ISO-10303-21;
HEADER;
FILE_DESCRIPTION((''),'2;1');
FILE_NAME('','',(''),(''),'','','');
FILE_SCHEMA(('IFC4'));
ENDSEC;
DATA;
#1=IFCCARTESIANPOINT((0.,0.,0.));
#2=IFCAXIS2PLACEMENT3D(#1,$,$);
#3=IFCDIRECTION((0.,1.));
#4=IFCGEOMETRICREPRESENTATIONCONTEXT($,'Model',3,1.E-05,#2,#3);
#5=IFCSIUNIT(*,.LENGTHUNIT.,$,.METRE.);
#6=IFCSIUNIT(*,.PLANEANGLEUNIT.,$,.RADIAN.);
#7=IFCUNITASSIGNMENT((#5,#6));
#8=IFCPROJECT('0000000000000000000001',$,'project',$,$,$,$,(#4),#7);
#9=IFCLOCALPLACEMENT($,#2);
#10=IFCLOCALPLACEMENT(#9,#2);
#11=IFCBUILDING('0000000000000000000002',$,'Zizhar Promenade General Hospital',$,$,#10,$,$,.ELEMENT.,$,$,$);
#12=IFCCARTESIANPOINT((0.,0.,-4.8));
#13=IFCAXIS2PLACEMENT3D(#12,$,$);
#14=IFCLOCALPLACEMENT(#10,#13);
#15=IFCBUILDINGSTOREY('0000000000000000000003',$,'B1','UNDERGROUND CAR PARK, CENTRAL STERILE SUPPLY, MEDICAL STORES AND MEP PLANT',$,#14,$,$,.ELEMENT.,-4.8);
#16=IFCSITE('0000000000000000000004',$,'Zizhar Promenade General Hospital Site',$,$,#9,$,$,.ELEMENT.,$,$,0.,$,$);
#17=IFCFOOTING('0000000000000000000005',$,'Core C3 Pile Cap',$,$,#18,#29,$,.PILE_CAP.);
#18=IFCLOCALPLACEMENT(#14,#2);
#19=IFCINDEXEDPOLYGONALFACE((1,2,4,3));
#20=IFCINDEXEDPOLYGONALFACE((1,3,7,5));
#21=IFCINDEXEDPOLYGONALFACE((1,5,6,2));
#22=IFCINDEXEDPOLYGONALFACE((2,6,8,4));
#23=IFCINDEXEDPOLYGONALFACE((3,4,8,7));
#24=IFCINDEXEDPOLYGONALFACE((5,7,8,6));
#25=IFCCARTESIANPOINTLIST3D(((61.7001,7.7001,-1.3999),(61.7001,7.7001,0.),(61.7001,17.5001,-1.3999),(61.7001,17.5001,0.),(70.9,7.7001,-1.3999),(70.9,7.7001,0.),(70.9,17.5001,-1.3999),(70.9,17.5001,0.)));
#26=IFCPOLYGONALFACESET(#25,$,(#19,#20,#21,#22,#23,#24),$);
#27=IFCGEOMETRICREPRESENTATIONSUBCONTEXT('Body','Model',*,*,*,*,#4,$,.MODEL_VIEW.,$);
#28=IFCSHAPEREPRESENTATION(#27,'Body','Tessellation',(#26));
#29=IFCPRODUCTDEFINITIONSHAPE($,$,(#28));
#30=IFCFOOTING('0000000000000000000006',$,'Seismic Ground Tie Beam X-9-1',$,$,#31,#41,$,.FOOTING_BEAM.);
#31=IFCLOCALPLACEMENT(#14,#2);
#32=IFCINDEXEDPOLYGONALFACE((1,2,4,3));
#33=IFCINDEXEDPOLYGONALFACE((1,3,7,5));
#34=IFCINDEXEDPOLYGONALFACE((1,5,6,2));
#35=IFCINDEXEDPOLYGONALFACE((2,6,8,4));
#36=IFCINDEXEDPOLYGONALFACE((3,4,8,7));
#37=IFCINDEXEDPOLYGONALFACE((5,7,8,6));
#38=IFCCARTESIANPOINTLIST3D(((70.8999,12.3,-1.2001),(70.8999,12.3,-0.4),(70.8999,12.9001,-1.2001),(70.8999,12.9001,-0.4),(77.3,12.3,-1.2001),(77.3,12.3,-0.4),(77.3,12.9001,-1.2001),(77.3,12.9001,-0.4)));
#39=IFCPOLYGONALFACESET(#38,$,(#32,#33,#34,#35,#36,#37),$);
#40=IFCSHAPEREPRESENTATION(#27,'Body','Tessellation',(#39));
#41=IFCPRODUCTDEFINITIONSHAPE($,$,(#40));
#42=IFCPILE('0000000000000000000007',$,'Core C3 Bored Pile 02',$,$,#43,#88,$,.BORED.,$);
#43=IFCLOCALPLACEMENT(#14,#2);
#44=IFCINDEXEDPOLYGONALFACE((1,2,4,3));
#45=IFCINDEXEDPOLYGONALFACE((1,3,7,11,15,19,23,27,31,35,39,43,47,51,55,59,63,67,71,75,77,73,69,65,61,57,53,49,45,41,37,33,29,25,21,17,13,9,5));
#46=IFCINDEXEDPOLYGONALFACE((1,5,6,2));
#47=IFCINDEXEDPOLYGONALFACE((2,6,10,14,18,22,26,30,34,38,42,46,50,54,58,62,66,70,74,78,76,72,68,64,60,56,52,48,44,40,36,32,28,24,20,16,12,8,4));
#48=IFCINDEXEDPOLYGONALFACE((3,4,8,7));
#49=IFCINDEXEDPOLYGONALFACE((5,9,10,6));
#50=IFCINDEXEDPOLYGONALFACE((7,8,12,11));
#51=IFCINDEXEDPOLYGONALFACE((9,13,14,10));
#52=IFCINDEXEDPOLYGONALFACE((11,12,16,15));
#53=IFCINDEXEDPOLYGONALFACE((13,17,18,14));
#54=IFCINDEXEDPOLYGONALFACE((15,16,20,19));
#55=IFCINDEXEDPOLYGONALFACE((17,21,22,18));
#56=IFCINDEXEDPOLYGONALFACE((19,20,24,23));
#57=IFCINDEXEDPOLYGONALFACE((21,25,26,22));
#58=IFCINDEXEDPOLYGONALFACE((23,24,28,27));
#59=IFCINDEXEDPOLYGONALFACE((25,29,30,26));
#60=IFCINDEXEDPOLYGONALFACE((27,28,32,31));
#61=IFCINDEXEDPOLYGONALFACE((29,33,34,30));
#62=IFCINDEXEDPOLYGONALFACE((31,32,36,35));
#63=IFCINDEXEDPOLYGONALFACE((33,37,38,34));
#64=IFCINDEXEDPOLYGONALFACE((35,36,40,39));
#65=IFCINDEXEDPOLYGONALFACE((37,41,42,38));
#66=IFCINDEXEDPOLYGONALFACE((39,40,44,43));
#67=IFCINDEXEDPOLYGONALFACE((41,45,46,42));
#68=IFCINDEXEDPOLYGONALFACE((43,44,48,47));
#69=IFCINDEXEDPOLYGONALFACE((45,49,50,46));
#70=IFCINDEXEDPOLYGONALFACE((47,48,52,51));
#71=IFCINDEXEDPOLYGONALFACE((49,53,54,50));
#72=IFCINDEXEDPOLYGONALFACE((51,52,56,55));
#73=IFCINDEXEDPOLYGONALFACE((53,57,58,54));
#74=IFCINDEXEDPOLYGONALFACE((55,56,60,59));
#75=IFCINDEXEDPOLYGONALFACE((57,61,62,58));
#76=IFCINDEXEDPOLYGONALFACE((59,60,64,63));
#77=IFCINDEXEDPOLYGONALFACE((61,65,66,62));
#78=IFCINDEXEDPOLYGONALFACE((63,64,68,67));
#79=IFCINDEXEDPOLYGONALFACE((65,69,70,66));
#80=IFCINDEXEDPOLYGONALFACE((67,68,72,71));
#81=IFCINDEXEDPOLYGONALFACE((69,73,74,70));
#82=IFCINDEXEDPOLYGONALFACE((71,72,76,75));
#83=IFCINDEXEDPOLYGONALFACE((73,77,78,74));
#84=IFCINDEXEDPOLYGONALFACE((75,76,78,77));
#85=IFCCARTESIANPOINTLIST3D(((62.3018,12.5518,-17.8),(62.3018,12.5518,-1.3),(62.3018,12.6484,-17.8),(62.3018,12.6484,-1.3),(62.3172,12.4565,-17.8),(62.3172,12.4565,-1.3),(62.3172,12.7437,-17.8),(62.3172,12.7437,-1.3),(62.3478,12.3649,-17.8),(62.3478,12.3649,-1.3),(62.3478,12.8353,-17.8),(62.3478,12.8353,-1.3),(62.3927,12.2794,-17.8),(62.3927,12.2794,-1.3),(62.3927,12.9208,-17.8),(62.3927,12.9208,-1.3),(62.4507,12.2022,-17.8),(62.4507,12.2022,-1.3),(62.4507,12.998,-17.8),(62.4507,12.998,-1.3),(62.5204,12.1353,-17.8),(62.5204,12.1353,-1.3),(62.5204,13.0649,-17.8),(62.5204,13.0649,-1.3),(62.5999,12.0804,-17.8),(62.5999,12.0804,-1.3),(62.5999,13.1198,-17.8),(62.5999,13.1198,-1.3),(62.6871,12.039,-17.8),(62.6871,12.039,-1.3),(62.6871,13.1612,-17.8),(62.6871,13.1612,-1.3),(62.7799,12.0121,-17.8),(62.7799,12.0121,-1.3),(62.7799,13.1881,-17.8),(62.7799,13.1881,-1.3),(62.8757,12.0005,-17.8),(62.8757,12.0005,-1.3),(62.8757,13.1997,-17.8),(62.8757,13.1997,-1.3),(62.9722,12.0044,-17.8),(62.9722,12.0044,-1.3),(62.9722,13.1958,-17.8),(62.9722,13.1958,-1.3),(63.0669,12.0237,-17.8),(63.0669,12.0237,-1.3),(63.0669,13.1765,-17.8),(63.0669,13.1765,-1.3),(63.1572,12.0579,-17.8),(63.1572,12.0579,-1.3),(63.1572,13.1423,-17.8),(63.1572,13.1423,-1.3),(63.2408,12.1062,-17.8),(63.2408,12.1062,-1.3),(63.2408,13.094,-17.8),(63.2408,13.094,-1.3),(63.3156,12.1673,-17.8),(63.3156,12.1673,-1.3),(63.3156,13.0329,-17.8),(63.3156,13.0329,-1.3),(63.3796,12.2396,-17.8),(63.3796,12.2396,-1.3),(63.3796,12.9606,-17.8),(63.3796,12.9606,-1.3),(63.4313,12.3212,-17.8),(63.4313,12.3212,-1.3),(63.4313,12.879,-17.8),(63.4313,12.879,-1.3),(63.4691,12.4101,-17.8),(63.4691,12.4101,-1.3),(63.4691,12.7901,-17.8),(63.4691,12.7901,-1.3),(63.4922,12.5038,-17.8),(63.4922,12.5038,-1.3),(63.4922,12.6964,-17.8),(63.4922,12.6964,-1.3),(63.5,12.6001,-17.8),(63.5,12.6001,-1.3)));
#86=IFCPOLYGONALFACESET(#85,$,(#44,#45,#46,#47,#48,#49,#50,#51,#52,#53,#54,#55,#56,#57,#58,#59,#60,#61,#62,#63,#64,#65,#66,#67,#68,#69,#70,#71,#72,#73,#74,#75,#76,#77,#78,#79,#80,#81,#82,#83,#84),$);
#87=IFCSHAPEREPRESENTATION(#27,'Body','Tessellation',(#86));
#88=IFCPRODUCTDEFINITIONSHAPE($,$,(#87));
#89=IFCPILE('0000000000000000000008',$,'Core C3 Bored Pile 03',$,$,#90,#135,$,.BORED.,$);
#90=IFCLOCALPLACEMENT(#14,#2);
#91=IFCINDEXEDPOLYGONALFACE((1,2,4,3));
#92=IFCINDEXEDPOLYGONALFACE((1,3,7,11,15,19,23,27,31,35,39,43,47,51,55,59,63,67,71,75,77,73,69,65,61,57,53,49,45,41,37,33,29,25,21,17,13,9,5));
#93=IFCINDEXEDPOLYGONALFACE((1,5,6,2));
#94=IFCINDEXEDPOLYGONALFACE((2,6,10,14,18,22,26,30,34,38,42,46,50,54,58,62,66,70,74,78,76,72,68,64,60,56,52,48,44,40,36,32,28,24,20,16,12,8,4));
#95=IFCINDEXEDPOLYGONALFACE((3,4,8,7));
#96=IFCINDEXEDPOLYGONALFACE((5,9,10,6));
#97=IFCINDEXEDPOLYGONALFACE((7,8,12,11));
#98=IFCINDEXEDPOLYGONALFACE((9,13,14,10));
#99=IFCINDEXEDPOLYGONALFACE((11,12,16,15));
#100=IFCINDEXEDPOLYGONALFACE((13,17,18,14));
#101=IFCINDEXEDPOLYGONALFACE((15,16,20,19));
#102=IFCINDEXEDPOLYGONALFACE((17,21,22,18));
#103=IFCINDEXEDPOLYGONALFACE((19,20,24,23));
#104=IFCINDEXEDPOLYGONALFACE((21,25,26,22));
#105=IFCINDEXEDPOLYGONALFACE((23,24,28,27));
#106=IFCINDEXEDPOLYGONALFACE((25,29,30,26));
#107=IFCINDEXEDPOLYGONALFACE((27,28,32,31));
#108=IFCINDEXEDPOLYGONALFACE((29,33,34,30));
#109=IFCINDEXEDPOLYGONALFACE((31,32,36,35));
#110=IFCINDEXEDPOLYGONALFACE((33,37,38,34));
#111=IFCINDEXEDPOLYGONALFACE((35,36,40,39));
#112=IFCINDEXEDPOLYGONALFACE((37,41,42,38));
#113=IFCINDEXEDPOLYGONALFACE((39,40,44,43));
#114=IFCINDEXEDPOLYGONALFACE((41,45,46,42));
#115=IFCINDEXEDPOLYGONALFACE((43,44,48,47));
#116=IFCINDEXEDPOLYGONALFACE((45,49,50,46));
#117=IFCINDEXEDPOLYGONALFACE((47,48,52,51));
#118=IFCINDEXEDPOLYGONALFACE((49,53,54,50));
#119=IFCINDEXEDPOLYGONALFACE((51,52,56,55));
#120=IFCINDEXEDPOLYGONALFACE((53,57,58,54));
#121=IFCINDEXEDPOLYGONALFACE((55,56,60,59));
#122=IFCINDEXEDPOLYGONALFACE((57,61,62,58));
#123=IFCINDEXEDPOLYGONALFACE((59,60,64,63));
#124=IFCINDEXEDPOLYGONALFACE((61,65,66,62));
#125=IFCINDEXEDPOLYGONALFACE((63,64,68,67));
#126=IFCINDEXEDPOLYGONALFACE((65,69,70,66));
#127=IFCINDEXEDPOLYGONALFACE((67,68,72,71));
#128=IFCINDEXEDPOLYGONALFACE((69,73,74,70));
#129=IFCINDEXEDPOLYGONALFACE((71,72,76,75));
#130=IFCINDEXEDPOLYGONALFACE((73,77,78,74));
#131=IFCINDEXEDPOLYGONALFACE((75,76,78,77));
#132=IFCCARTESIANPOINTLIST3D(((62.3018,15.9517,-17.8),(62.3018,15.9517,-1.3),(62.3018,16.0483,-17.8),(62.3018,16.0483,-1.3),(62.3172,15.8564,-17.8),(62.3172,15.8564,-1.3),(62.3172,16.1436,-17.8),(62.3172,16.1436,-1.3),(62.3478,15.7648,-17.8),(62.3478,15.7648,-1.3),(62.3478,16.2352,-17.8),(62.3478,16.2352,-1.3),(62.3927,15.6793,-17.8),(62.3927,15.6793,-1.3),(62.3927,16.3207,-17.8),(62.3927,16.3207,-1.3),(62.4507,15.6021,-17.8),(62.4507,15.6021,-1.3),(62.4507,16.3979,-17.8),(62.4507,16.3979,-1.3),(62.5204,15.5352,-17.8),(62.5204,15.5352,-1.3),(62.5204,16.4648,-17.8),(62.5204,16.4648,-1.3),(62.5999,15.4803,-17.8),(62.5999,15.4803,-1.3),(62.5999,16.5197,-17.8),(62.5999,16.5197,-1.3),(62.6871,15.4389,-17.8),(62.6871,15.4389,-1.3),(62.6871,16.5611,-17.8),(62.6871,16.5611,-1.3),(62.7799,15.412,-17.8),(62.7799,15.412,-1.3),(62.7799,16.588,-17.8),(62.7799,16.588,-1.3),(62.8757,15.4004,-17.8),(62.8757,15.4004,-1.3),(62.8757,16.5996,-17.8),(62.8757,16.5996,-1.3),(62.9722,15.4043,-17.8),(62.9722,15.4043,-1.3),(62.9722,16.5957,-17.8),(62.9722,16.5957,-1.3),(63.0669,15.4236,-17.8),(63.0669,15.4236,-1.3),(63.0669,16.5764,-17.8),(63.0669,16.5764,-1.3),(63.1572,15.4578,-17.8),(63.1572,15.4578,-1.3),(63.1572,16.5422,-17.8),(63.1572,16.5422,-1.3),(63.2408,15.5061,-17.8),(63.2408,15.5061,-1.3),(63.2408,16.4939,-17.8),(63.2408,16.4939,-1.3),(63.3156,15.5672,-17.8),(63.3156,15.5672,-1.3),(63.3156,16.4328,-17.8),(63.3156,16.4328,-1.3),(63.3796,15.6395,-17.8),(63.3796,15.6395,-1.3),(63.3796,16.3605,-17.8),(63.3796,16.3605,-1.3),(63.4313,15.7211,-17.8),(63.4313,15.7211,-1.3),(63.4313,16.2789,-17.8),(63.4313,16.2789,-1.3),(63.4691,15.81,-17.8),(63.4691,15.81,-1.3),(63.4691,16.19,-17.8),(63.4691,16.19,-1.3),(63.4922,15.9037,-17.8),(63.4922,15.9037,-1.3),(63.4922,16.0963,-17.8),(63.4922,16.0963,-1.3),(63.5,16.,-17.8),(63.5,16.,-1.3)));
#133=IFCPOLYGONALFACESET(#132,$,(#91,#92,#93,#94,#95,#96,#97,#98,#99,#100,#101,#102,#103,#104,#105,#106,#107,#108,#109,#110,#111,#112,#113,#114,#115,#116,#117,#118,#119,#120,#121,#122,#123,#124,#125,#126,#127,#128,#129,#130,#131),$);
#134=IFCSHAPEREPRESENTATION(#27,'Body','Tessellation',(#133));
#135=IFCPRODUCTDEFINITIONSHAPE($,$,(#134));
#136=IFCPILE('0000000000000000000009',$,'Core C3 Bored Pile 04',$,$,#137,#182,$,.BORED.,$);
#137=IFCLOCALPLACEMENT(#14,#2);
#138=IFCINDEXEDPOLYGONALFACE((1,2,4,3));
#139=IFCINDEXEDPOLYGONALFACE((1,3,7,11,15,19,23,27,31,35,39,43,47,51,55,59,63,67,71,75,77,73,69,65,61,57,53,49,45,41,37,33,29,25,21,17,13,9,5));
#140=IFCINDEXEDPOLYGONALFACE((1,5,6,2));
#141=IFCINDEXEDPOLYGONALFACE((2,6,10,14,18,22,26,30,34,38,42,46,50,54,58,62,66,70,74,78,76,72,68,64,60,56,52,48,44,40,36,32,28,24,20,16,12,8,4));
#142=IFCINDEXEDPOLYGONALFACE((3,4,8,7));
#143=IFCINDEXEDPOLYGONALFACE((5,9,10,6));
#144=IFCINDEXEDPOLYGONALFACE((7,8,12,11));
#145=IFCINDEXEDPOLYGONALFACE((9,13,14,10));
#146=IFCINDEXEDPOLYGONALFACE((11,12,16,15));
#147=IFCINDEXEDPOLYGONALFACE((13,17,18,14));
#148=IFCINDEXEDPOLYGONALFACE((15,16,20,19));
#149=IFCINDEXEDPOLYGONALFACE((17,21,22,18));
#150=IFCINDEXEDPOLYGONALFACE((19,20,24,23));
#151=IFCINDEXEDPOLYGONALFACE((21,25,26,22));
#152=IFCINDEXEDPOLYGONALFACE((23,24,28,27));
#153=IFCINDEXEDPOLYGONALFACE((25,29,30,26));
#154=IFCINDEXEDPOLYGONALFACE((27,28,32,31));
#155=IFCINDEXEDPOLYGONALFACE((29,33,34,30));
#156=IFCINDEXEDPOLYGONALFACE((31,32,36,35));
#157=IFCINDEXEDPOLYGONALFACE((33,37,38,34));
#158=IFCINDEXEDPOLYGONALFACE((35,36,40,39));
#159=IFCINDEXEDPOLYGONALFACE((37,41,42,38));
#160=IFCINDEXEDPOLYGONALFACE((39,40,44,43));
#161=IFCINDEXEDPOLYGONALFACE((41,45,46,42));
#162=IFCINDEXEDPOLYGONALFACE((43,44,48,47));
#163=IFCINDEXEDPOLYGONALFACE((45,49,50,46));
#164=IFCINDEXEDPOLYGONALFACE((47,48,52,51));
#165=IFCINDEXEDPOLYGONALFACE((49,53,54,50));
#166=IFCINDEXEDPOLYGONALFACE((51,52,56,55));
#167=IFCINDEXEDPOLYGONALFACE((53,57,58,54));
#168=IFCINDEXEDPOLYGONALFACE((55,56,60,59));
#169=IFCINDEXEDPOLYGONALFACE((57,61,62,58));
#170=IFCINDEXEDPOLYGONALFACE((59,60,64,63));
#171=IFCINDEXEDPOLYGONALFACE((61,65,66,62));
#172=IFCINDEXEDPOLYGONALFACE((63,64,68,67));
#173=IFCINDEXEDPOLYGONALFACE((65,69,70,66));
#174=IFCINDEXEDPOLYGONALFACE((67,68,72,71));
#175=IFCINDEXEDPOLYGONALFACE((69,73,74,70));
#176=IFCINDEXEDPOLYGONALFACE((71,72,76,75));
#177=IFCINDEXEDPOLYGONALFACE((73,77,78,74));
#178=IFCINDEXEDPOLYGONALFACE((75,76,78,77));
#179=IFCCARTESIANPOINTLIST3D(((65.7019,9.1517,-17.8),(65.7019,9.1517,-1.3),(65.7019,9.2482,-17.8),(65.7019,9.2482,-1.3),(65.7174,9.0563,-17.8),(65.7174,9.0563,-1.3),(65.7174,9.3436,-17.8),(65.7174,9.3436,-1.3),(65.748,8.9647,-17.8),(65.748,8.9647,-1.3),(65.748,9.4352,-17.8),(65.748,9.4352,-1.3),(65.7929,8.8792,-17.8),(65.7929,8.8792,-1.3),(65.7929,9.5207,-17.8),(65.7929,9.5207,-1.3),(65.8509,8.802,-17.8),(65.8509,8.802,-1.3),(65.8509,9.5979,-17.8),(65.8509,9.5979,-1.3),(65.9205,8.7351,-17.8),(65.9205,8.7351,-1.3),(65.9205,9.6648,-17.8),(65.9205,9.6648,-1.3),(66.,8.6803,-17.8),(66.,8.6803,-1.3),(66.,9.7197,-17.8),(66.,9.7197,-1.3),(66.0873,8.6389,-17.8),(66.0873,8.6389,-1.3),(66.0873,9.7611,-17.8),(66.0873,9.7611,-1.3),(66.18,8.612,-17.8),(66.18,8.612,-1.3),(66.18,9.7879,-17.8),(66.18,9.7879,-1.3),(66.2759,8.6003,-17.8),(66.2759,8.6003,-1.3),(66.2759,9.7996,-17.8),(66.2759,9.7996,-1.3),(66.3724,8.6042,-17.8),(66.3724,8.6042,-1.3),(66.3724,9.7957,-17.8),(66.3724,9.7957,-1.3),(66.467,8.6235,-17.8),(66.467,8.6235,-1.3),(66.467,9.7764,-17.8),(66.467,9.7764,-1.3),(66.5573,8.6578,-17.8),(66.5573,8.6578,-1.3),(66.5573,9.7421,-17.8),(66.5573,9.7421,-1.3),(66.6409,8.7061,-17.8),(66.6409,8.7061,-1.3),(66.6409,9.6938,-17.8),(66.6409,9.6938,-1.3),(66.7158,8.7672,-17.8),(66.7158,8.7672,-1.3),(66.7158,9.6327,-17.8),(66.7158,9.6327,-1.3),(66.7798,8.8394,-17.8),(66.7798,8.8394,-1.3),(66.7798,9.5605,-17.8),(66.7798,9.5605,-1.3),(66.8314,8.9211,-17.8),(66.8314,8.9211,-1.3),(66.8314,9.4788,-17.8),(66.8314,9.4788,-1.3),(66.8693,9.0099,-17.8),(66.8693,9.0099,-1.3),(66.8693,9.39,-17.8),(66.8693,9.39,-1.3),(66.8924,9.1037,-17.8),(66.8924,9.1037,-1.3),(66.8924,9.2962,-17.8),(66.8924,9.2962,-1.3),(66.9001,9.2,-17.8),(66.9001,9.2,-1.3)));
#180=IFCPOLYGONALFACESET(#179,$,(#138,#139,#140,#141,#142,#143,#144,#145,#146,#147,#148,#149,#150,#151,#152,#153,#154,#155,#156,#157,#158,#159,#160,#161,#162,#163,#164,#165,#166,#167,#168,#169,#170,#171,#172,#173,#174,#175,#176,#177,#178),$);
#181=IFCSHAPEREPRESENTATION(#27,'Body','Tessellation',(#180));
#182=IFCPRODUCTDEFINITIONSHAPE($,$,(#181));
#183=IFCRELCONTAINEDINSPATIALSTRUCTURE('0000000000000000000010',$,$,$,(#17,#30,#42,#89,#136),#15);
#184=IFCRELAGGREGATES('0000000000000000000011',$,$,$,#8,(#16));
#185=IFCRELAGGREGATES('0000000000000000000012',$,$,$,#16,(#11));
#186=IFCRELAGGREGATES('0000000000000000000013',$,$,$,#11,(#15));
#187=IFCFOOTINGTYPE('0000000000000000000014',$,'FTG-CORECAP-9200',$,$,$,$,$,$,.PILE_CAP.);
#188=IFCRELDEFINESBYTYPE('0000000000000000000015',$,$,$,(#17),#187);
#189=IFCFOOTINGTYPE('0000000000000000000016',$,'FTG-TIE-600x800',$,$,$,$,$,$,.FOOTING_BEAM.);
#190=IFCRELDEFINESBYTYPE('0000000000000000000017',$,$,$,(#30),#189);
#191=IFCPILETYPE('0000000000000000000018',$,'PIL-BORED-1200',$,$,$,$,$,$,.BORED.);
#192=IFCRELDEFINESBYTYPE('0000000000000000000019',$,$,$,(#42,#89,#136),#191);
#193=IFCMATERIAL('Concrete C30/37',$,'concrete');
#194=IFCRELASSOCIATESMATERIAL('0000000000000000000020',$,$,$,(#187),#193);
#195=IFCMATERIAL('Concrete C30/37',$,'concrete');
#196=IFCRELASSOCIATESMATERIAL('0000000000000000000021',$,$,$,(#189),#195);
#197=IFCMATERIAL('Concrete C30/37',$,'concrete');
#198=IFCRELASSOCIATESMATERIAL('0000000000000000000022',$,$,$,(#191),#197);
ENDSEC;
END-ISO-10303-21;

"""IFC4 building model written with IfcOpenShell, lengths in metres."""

from ifc_helpers import new_model, si_unit, direction, frame, origin, origin_2d, place, context, subcontext, project, spatial, rectangle, circle, extrude, material, material_profile, profile_set, type_object, element, save


model = new_model("IFC4")

# Units and contexts
model_context = context("Model", 3, precision=1e-05, world=origin(), true_north=direction((0.0, 1.0)))
body_context = subcontext(model_context, "Body", "Model", "MODEL_VIEW")
ifc_project = project(units=[si_unit("LENGTHUNIT", "METRE"), si_unit("PLANEANGLEUNIT", "RADIAN")], contexts=[model_context])

# Site, building, storey
site_placement = place(None, origin())
site = spatial("IfcSite", under=ifc_project, at=site_placement, Name="Zizhar Promenade General Hospital Site", CompositionType="ELEMENT", RefElevation=0.0)
building_placement = place(site_placement, origin())
building = spatial("IfcBuilding", under=site, at=building_placement, Name="Zizhar Promenade General Hospital", CompositionType="ELEMENT")
storey_placement = place(building_placement, frame((0.0, 0.0, -4.8)))
storey = spatial("IfcBuildingStorey", under=building, at=storey_placement, Name="B1", Description="UNDERGROUND CAR PARK, CENTRAL STERILE SUPPLY, MEDICAL STORES AND MEP PLANT", CompositionType="ELEMENT", Elevation=-4.8)

# Footings
ifc_material_1 = material(Name="Concrete C30/37", Category="concrete")
footing_type_1 = type_object("IfcFootingType", Name="FTG-CORECAP-9200", PredefinedType="PILE_CAP", material=ifc_material_1)
footing_1_placement = place(storey_placement, frame((66.3, 12.6001, -1.3999), z_axis=(0.0, 0.0, 1.0), x_axis=(1.0, 0.0, 0.0)))
element("IfcFooting", 1, at=footing_1_placement, inside=storey, type_object=footing_type_1, Name="Core C3 Pile Cap", PredefinedType="PILE_CAP", context=body_context, shape_type="SweptSolid", body=[
    extrude(rectangle(XDim=9.2, YDim=9.8, at=origin_2d()), origin(), (0.0, 0.0, 1.0), 1.3999),
])
ifc_material_2 = material(Name="Concrete C30/37", Category="concrete")
ifc_material_profile_1 = material_profile(ifc_material_2, rectangle(XDim=0.6001, YDim=0.8, at=origin_2d()))
ifc_profile_set_1 = profile_set([ifc_material_profile_1], Name="Concrete C30/37")
footing_type_2 = type_object("IfcFootingType", Name="FTG-TIE-600x800", PredefinedType="FOOTING_BEAM", material=ifc_profile_set_1)
footing_2_placement = place(storey_placement, frame((70.8999, 12.6001, -0.8), z_axis=(1.0, 0.0, 0.0), x_axis=(0.0, 1.0, 0.0)))
element("IfcFooting", 2, at=footing_2_placement, inside=storey, type_object=footing_type_2, Name="Seismic Ground Tie Beam X-9-1", PredefinedType="FOOTING_BEAM", context=body_context, shape_type="SweptSolid", body=[
    extrude(rectangle(XDim=0.6001, YDim=0.8, at=origin_2d()), origin(), (0.0, 0.0, 1.0), 6.4001),
])

# Piles
ifc_material_3 = material(Name="Concrete C30/37", Category="concrete")
ifc_material_profile_2 = material_profile(ifc_material_3, circle(Radius=0.6001, at=origin_2d()))
ifc_profile_set_2 = profile_set([ifc_material_profile_2], Name="Concrete C30/37")
pile_type = type_object("IfcPileType", Name="PIL-BORED-1200", PredefinedType="BORED", material=ifc_profile_set_2)
for number, where, z_axis, x_axis, name in (
    (3, (62.8999, 12.6001, -1.3), (0.0, 0.0, -1.0), (1.0, 0.0, 0.0), "Core C3 Bored Pile 02"),
    (4, (62.8999, 16.0, -1.3), (0.0, 0.0, -1.0), (1.0, 0.0, 0.0), "Core C3 Bored Pile 03"),
    (5, (66.3, 9.2, -1.3), (0.0, 0.0, -1.0), (1.0, 0.0, 0.0), "Core C3 Bored Pile 04"),
):
    element("IfcPile", number, at=place(storey_placement, frame(where, z_axis=z_axis, x_axis=x_axis)), inside=storey, type_object=pile_type, Name=name, PredefinedType="BORED", context=body_context, shape_type="SweptSolid", body=[
        extrude(circle(Radius=0.6001, at=origin_2d()), origin(), (0.0, 0.0, 1.0), 16.5),
    ])

save(model, "model.ifc")
